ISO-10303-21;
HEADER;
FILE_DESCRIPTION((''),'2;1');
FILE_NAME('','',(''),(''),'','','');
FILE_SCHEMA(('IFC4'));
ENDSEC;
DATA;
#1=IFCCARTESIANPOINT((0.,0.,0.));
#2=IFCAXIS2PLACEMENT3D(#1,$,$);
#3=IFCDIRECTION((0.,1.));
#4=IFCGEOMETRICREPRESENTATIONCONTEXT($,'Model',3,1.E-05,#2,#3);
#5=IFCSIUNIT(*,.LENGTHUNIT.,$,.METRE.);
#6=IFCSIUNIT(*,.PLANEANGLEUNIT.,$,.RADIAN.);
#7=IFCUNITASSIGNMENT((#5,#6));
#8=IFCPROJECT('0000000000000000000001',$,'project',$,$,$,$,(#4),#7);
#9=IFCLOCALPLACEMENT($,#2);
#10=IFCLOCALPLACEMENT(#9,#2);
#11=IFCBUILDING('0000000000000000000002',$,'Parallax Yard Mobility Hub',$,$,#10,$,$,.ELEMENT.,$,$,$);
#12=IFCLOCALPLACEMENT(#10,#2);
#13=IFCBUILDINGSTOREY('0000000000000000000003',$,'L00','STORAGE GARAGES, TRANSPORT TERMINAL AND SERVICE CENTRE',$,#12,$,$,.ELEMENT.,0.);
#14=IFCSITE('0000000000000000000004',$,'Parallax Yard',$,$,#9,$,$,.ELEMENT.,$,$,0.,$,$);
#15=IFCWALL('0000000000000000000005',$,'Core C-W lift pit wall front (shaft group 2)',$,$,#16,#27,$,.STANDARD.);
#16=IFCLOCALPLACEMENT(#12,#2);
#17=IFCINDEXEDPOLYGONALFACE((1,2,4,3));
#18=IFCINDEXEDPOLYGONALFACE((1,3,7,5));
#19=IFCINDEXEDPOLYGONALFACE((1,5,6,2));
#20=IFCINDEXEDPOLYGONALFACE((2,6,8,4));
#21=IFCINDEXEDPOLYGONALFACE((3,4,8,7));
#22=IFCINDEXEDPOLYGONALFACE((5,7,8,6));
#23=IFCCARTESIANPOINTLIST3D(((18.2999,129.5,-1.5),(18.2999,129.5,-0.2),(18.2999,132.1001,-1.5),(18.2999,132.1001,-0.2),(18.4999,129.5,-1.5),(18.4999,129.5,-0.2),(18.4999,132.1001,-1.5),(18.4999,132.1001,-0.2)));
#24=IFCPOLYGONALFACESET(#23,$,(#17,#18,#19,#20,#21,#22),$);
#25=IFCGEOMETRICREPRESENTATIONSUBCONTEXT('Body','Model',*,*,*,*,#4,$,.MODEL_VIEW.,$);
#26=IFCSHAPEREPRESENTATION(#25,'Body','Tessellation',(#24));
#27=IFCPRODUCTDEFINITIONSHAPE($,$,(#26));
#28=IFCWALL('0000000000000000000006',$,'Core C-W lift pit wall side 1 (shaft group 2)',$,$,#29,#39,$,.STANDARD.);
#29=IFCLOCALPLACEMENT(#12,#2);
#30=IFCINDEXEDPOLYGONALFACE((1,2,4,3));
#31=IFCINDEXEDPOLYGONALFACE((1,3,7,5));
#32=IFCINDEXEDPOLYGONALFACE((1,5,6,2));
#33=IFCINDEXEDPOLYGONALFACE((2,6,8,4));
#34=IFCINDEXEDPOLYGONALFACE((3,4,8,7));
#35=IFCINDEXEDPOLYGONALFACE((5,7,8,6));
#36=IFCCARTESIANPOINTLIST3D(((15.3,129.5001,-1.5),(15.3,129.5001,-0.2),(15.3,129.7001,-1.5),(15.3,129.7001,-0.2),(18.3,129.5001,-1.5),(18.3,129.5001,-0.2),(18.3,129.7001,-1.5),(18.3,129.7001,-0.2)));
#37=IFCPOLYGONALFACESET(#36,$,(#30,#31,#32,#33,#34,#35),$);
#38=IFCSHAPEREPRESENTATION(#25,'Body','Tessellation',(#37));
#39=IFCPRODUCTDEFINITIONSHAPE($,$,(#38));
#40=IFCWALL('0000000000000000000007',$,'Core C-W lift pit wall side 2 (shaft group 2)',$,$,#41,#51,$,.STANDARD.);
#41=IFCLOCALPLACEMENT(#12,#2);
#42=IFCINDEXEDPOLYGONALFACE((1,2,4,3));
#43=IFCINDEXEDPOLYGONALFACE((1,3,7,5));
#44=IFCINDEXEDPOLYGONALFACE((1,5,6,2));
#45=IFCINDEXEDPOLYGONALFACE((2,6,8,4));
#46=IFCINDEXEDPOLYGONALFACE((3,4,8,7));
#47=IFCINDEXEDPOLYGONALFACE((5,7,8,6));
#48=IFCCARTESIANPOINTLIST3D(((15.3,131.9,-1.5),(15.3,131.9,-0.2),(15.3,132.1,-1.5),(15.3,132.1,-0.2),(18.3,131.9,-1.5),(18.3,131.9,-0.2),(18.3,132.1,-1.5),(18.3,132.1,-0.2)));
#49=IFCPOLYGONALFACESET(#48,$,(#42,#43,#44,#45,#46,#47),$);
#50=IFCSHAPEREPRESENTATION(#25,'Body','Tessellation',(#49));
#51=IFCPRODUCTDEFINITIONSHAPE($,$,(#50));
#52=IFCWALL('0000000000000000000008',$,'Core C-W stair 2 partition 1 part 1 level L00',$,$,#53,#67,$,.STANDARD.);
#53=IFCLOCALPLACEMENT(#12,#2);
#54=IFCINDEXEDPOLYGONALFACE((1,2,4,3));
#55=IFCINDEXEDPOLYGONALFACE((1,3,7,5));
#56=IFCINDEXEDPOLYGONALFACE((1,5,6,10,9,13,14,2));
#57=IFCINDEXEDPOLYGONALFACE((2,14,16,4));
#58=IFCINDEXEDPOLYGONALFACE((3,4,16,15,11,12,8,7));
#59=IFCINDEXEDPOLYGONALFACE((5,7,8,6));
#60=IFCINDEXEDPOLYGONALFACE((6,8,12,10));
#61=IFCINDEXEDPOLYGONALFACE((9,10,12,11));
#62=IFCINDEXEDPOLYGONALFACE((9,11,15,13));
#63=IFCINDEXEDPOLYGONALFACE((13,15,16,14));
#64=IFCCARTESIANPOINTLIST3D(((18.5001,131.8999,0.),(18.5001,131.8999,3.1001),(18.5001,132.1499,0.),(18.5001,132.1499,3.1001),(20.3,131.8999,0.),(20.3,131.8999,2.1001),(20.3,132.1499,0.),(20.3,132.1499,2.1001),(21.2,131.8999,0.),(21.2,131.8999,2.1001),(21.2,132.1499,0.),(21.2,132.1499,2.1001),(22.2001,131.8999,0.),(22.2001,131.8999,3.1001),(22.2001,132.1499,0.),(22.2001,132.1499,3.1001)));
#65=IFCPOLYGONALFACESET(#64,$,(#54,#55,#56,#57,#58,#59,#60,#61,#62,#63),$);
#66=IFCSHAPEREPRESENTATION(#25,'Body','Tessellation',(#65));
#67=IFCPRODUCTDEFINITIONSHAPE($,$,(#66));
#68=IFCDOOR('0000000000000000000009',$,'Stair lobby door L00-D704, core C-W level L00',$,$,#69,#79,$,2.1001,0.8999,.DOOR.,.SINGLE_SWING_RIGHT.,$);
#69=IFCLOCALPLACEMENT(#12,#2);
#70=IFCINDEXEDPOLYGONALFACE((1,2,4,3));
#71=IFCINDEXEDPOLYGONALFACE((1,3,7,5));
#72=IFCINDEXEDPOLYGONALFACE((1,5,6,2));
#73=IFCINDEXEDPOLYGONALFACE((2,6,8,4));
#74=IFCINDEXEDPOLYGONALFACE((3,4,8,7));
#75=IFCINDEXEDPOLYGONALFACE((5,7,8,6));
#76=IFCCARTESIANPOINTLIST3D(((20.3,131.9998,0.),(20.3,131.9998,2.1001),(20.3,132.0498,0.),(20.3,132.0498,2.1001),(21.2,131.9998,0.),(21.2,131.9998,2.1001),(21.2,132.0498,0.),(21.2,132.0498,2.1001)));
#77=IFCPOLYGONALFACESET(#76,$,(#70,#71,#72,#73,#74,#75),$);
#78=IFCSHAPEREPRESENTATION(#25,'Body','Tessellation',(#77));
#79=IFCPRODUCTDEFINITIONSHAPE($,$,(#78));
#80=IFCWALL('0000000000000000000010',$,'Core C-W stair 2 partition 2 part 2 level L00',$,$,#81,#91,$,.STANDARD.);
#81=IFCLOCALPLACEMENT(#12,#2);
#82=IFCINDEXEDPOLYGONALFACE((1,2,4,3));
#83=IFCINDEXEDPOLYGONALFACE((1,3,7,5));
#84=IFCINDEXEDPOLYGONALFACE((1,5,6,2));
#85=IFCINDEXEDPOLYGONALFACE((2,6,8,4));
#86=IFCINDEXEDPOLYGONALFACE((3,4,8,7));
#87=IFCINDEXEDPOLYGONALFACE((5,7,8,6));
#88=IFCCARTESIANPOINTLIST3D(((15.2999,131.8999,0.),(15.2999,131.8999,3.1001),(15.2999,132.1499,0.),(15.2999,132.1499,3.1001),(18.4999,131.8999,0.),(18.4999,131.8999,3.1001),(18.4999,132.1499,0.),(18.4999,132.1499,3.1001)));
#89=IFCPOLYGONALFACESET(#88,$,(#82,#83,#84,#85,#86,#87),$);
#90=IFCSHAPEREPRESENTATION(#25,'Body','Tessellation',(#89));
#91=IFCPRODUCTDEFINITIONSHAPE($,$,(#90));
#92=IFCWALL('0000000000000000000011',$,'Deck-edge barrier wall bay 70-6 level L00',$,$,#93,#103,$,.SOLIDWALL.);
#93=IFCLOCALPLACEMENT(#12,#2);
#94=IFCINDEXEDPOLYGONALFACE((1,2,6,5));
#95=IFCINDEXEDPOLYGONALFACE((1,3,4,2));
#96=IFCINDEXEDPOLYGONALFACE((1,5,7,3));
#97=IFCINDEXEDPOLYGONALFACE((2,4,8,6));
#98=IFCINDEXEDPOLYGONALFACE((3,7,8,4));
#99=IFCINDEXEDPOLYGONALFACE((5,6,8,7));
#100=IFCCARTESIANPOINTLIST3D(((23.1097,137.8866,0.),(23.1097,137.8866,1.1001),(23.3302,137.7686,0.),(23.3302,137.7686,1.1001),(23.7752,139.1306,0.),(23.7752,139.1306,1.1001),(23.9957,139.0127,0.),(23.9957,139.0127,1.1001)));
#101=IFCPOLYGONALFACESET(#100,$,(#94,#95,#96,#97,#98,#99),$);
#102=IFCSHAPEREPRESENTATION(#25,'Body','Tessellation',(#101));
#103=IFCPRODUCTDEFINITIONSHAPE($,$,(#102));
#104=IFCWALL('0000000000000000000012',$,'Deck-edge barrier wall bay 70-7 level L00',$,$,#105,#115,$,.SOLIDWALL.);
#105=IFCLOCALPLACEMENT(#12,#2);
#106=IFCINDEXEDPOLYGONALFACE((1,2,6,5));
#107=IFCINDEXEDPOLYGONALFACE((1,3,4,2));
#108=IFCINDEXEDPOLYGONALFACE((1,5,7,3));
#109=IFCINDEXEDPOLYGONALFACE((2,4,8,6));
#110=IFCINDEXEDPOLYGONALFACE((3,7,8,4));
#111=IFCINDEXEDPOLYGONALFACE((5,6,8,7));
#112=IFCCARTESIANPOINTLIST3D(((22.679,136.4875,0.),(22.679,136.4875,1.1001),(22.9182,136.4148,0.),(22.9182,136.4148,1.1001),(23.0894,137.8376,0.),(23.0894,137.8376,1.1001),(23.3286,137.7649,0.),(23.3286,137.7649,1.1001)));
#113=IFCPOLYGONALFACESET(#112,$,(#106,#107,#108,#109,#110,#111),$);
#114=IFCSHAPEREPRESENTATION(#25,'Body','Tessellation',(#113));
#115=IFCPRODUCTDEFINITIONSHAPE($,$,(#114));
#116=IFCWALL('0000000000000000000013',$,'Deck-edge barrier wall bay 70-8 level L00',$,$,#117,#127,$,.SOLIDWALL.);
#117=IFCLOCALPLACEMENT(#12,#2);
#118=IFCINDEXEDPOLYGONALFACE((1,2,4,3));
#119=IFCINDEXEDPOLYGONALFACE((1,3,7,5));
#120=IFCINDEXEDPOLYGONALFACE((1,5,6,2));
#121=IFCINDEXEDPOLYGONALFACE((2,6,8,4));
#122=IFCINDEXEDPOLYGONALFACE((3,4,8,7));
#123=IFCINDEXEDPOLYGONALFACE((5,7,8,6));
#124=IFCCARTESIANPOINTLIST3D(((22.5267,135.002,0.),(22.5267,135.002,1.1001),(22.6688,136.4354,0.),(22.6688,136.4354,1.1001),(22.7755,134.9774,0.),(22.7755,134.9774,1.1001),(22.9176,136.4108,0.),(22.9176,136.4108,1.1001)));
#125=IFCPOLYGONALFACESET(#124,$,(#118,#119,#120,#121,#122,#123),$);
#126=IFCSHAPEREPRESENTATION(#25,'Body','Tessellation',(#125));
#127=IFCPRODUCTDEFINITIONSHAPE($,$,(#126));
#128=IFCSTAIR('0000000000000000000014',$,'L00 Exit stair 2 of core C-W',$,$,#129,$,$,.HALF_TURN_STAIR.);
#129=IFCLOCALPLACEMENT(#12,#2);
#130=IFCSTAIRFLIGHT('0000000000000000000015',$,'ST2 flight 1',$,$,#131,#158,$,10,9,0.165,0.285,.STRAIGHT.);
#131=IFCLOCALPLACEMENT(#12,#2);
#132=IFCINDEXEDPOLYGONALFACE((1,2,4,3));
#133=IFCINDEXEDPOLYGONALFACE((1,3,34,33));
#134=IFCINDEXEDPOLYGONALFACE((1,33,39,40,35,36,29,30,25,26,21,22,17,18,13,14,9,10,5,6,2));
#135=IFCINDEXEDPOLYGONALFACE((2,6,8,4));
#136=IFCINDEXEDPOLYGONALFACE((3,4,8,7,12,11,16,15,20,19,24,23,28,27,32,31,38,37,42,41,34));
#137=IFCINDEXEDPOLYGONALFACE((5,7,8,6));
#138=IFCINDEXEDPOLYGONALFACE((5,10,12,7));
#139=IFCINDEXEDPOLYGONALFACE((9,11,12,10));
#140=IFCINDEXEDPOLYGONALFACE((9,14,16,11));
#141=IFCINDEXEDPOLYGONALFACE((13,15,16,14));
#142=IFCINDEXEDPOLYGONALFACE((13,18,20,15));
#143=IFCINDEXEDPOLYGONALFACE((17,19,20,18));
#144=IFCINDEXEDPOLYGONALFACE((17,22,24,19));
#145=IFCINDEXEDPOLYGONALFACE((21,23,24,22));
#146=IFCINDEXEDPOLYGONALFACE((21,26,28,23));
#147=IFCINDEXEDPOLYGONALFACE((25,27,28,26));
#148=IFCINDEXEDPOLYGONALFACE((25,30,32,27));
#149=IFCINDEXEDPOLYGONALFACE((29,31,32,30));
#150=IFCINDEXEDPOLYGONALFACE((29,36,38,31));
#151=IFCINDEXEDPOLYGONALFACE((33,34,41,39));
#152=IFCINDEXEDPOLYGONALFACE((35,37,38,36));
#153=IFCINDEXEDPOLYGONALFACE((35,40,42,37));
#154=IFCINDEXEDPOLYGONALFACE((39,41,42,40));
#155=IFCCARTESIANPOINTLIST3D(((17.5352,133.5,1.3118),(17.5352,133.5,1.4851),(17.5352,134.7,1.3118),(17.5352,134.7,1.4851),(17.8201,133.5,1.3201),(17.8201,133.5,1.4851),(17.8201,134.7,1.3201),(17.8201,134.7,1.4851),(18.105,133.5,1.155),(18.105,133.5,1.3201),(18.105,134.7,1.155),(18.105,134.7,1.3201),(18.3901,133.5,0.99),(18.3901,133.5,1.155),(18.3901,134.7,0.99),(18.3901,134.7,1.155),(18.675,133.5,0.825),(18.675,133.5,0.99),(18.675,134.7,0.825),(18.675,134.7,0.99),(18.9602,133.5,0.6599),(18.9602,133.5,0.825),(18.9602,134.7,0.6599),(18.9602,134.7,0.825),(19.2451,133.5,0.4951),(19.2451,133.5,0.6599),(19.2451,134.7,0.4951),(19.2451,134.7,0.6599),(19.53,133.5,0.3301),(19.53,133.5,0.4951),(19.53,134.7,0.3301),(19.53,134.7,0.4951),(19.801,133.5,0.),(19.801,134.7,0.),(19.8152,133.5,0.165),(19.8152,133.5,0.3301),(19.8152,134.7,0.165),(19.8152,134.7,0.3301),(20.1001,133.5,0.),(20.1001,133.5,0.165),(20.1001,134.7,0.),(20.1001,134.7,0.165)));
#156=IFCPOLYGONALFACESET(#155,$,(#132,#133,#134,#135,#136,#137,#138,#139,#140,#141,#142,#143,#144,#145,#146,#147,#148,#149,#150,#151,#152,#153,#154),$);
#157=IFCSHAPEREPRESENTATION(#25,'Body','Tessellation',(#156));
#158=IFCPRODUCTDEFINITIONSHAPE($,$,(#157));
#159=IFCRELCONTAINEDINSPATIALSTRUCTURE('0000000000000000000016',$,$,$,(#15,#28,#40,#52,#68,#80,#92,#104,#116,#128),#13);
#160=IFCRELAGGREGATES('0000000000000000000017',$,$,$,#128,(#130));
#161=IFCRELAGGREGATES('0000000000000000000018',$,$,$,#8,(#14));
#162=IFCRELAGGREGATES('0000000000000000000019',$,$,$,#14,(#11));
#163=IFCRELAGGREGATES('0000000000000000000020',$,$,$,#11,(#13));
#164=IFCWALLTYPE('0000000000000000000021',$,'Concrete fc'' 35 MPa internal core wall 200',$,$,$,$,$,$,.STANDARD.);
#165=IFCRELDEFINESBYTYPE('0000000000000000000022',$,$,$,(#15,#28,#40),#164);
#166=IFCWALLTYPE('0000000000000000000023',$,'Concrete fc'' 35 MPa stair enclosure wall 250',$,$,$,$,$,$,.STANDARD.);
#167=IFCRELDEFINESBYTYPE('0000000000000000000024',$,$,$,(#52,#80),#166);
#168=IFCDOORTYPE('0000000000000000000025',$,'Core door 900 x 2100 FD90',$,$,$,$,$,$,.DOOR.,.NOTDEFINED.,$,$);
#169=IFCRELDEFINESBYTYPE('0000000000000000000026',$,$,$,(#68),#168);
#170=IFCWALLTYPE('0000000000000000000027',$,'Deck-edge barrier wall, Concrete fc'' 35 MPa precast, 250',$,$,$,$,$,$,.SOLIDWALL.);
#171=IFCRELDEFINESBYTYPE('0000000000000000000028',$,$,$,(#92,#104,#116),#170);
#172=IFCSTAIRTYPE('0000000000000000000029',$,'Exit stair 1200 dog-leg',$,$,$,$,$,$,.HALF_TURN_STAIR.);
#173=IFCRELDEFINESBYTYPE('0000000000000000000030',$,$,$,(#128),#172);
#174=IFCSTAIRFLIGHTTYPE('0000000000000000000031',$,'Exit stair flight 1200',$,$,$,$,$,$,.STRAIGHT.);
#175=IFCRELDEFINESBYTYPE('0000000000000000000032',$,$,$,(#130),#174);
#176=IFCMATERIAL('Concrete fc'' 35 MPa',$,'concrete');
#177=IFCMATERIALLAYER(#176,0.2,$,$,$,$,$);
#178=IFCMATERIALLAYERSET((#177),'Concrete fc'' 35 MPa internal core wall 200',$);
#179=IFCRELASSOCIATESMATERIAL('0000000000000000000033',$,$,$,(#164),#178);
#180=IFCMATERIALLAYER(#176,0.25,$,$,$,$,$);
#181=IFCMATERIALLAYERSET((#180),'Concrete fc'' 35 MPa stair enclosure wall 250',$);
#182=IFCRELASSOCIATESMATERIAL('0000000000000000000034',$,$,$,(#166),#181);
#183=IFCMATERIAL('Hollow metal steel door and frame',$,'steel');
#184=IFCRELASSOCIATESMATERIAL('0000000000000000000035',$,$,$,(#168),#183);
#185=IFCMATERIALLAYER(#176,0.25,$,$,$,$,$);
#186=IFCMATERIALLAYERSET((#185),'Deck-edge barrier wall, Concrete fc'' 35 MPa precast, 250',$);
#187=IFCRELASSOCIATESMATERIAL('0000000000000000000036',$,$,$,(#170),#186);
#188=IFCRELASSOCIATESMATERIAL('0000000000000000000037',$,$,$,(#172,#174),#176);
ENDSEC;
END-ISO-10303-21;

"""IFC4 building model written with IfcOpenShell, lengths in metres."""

from ifc_helpers import new_model, si_unit, direction, frame, frame_2d, origin, place, context, subcontext, project, spatial, polyline, rectangle, outline, extrude, material, layer, layer_set, type_object, element, fill, aggregate, save


model = new_model("IFC4")

# Units and contexts
model_context = context("Model", 3, precision=1e-05, world=origin(), true_north=direction((0.0, 1.0)))
body_context = subcontext(model_context, "Body", "Model", "MODEL_VIEW")
ifc_project = project(units=[si_unit("LENGTHUNIT", "METRE"), si_unit("PLANEANGLEUNIT", "RADIAN")], contexts=[model_context])

# Site, building, storey
site_placement = place(None, origin())
site = spatial("IfcSite", under=ifc_project, at=site_placement, Name="Parallax Yard", CompositionType="ELEMENT", RefElevation=0.0)
building_placement = place(site_placement, origin())
building = spatial("IfcBuilding", under=site, at=building_placement, Name="Parallax Yard Mobility Hub", CompositionType="ELEMENT")
storey_placement = place(building_placement, origin())
storey = spatial("IfcBuildingStorey", under=building, at=storey_placement, Name="L00", Description="STORAGE GARAGES, TRANSPORT TERMINAL AND SERVICE CENTRE", CompositionType="ELEMENT", Elevation=0.0)

# Shared definitions
ifc_material_1 = material(Name="Concrete fc' 35 MPa", Category="concrete")
ifc_material_2 = material(Name="Hollow metal steel door and frame", Category="steel")

# Shared definitions
ifc_layer_1 = layer(ifc_material_1, 0.2)
ifc_layer_set_1 = layer_set([ifc_layer_1], Name="Concrete fc' 35 MPa internal core wall 200")
wall_type_1 = type_object("IfcWallType", Name="Concrete fc' 35 MPa internal core wall 200", PredefinedType="STANDARD", material=ifc_layer_set_1)

# Walls
wall_1_placement = place(storey_placement, frame((18.3999, 129.5, -1.5), z_axis=(0.0, 0.0, 1.0), x_axis=(0.0, 1.0, 0.0)))
element("IfcWall", 1, at=wall_1_placement, inside=storey, type_object=wall_type_1, Name="Core C-W lift pit wall front (shaft group 2)", PredefinedType="STANDARD", context=body_context, shape_type="SweptSolid", body=[
    extrude(rectangle(XDim=2.6001, YDim=0.2, at=frame_2d((1.3, 0.0))), origin(), (0.0, 0.0, 1.0), 1.3),
])
for number, where, z_axis, x_axis, name in (
    (2, (18.3, 129.6001, -1.5), (0.0, 0.0, 1.0), (-1.0, 0.0, 0.0), "Core C-W lift pit wall side 1 (shaft group 2)"),
    (3, (18.3, 132.0, -1.5), (0.0, 0.0, 1.0), (-1.0, 0.0, 0.0), "Core C-W lift pit wall side 2 (shaft group 2)"),
):
    element("IfcWall", number, at=place(storey_placement, frame(where, z_axis=z_axis, x_axis=x_axis)), inside=storey, type_object=wall_type_1, Name=name, PredefinedType="STANDARD", context=body_context, shape_type="SweptSolid", body=[
        extrude(rectangle(XDim=3.0, YDim=0.2, at=frame_2d((1.5, 0.0))), origin(), (0.0, 0.0, 1.0), 1.3),
    ])

# Wall, opening, door
ifc_layer_2 = layer(ifc_material_1, 0.25)
ifc_layer_set_2 = layer_set([ifc_layer_2], Name="Concrete fc' 35 MPa stair enclosure wall 250")
wall_type_2 = type_object("IfcWallType", Name="Concrete fc' 35 MPa stair enclosure wall 250", PredefinedType="STANDARD", material=ifc_layer_set_2)
wall_2_placement = place(storey_placement, frame((18.5, 132.0249, 0.0), z_axis=(0.0, 0.0, 1.0), x_axis=(1.0, 0.0, 0.0)))
wall_2 = element("IfcWall", 4, at=wall_2_placement, inside=storey, type_object=wall_type_2, Name="Core C-W stair 2 partition 1 part 1 level L00", PredefinedType="STANDARD", context=body_context, shape_type="SweptSolid", body=[
    extrude(rectangle(XDim=3.7, YDim=0.25, at=frame_2d((1.8501, 0.0))), origin(), (0.0, 0.0, 1.0), 3.1001),
])
opening_1_placement = place(wall_2_placement, frame((1.8, 0.0, 0.0)))
opening_1 = element("IfcOpeningElement", 5, at=opening_1_placement, cuts=wall_2, PredefinedType="OPENING", context=body_context, shape_type="SweptSolid", body=[
    extrude(rectangle(XDim=0.8999, YDim=2.1001, at=frame_2d((0.45, 1.05))), frame((0.0, 0.135, 0.0), z_axis=(0.0, -1.0, 0.0), x_axis=(1.0, 0.0, 0.0)), (0.0, 0.0, 1.0), 0.27),
])
door_type_1 = type_object("IfcDoorType", Name="Core door 900 x 2100 FD90", OperationType="NOTDEFINED", PredefinedType="DOOR", material=ifc_material_2)
door_1_placement = place(opening_1_placement, origin())
door_1 = element("IfcDoor", 6, at=door_1_placement, inside=storey, type_object=door_type_1, Name="Stair lobby door L00-D704, core C-W level L00", OperationType="SINGLE_SWING_RIGHT", OverallHeight=2.1001, OverallWidth=0.8999, PredefinedType="DOOR", context=body_context, shape_type="SweptSolid", body=[
    extrude(rectangle(XDim=0.8999, YDim=2.1001, at=frame_2d((0.45, 1.05))), frame((0.0, 0.0249, 0.0), z_axis=(0.0, -1.0, 0.0), x_axis=(1.0, 0.0, 0.0)), (0.0, 0.0, 1.0), 0.05),
])
fill(opening_1, door_1)

# Walls
wall_3_placement = place(storey_placement, frame((18.5, 132.0249, 0.0), z_axis=(0.0, 0.0, 1.0), x_axis=(-1.0, 0.0, 0.0)))
element("IfcWall", 7, at=wall_3_placement, inside=storey, type_object=wall_type_2, Name="Core C-W stair 2 partition 2 part 2 level L00", PredefinedType="STANDARD", context=body_context, shape_type="SweptSolid", body=[
    extrude(rectangle(XDim=3.2, YDim=0.25, at=frame_2d((1.6001, 0.0))), origin(), (0.0, 0.0, 1.0), 3.1001),
])
ifc_layer_3 = layer(ifc_material_1, 0.25)
ifc_layer_set_3 = layer_set([ifc_layer_3], Name="Deck-edge barrier wall, Concrete fc' 35 MPa precast, 250")
wall_type_3 = type_object("IfcWallType", Name="Deck-edge barrier wall, Concrete fc' 35 MPa precast, 250", PredefinedType="SOLIDWALL", material=ifc_layer_set_3)
wall_4_placement = place(storey_placement, frame((23.8855, 139.0718, 0.0), z_axis=(0.0, 0.0, 1.0), x_axis=(-0.471684, -0.881768, 0.0)))
element("IfcWall", 8, at=wall_4_placement, inside=storey, type_object=wall_type_3, Name="Deck-edge barrier wall bay 70-6 level L00", PredefinedType="SOLIDWALL", context=body_context, shape_type="SweptSolid", body=[
    extrude(rectangle(XDim=1.4109, YDim=0.25, at=frame_2d((0.7056, 0.0))), origin(), (0.0, 0.0, 1.0), 1.1001),
])
wall_5_placement = place(storey_placement, frame((23.209, 137.8013, 0.0), z_axis=(0.0, 0.0, 1.0), x_axis=(-0.290838, -0.956772, 0.0)))
element("IfcWall", 9, at=wall_5_placement, inside=storey, type_object=wall_type_3, Name="Deck-edge barrier wall bay 70-7 level L00", PredefinedType="SOLIDWALL", context=body_context, shape_type="SweptSolid", body=[
    extrude(rectangle(XDim=1.4111, YDim=0.25, at=frame_2d((0.7056, 0.0))), origin(), (0.0, 0.0, 1.0), 1.1001),
])
wall_6_placement = place(storey_placement, frame((22.7932, 136.4231, 0.0), z_axis=(0.0, 0.0, 1.0), x_axis=(-0.098648, -0.995122, 0.0)))
element("IfcWall", 10, at=wall_6_placement, inside=storey, type_object=wall_type_3, Name="Deck-edge barrier wall bay 70-8 level L00", PredefinedType="SOLIDWALL", context=body_context, shape_type="SweptSolid", body=[
    extrude(rectangle(XDim=1.4404, YDim=0.25, at=frame_2d((0.7202, 0.0))), origin(), (0.0, 0.0, 1.0), 1.1001),
])

# Stair, stair flight
stair_type = type_object("IfcStairType", Name="Exit stair 1200 dog-leg", PredefinedType="HALF_TURN_STAIR", material=ifc_material_1)
stair_placement = place(storey_placement, origin())
stair = element("IfcStair", 11, at=stair_placement, inside=storey, type_object=stair_type, Name="L00 Exit stair 2 of core C-W", PredefinedType="HALF_TURN_STAIR")
stair_flight_type = type_object("IfcStairFlightType", Name="Exit stair flight 1200", PredefinedType="STRAIGHT", material=ifc_material_1)
stair_flight_placement = place(storey_placement, frame((20.1001, 134.1001, 0.0), z_axis=(0.0, 0.0, 1.0), x_axis=(-1.0, 0.0, 0.0)))
stair_flight = element("IfcStairFlight", 12, at=stair_flight_placement, type_object=stair_flight_type, Name="ST2 flight 1", NumberOfRisers=10, NumberOfTreads=9, PredefinedType="STRAIGHT", RiserHeight=0.165, TreadLength=0.285, context=body_context, shape_type="SweptSolid", body=[
    extrude(outline(polyline([(0.0, 0.0), (0.0, 0.165), (0.2849, 0.165), (0.2849, 0.3301), (0.5701, 0.3301), (0.5701, 0.4951), (0.855, 0.4951), (0.855, 0.6599), (1.1399, 0.6599), (1.1399, 0.825), (1.425, 0.825), (1.425, 0.99), (1.71, 0.99), (1.71, 1.155), (1.9951, 1.155), (1.9951, 1.3201), (2.28, 1.3201), (2.28, 1.4851), (2.5649, 1.4851), (2.5649, 1.6499), (2.5649, 1.3118), (0.2991, 0.0), (0.0, 0.0)])), frame((0.0, 0.6001, 0.0), z_axis=(0.0, -1.0, 0.0), x_axis=(1.0, 0.0, 0.0)), (0.0, 0.0, 1.0), 1.2),
])
aggregate(stair, [stair_flight])

save(model, "model.ifc")
